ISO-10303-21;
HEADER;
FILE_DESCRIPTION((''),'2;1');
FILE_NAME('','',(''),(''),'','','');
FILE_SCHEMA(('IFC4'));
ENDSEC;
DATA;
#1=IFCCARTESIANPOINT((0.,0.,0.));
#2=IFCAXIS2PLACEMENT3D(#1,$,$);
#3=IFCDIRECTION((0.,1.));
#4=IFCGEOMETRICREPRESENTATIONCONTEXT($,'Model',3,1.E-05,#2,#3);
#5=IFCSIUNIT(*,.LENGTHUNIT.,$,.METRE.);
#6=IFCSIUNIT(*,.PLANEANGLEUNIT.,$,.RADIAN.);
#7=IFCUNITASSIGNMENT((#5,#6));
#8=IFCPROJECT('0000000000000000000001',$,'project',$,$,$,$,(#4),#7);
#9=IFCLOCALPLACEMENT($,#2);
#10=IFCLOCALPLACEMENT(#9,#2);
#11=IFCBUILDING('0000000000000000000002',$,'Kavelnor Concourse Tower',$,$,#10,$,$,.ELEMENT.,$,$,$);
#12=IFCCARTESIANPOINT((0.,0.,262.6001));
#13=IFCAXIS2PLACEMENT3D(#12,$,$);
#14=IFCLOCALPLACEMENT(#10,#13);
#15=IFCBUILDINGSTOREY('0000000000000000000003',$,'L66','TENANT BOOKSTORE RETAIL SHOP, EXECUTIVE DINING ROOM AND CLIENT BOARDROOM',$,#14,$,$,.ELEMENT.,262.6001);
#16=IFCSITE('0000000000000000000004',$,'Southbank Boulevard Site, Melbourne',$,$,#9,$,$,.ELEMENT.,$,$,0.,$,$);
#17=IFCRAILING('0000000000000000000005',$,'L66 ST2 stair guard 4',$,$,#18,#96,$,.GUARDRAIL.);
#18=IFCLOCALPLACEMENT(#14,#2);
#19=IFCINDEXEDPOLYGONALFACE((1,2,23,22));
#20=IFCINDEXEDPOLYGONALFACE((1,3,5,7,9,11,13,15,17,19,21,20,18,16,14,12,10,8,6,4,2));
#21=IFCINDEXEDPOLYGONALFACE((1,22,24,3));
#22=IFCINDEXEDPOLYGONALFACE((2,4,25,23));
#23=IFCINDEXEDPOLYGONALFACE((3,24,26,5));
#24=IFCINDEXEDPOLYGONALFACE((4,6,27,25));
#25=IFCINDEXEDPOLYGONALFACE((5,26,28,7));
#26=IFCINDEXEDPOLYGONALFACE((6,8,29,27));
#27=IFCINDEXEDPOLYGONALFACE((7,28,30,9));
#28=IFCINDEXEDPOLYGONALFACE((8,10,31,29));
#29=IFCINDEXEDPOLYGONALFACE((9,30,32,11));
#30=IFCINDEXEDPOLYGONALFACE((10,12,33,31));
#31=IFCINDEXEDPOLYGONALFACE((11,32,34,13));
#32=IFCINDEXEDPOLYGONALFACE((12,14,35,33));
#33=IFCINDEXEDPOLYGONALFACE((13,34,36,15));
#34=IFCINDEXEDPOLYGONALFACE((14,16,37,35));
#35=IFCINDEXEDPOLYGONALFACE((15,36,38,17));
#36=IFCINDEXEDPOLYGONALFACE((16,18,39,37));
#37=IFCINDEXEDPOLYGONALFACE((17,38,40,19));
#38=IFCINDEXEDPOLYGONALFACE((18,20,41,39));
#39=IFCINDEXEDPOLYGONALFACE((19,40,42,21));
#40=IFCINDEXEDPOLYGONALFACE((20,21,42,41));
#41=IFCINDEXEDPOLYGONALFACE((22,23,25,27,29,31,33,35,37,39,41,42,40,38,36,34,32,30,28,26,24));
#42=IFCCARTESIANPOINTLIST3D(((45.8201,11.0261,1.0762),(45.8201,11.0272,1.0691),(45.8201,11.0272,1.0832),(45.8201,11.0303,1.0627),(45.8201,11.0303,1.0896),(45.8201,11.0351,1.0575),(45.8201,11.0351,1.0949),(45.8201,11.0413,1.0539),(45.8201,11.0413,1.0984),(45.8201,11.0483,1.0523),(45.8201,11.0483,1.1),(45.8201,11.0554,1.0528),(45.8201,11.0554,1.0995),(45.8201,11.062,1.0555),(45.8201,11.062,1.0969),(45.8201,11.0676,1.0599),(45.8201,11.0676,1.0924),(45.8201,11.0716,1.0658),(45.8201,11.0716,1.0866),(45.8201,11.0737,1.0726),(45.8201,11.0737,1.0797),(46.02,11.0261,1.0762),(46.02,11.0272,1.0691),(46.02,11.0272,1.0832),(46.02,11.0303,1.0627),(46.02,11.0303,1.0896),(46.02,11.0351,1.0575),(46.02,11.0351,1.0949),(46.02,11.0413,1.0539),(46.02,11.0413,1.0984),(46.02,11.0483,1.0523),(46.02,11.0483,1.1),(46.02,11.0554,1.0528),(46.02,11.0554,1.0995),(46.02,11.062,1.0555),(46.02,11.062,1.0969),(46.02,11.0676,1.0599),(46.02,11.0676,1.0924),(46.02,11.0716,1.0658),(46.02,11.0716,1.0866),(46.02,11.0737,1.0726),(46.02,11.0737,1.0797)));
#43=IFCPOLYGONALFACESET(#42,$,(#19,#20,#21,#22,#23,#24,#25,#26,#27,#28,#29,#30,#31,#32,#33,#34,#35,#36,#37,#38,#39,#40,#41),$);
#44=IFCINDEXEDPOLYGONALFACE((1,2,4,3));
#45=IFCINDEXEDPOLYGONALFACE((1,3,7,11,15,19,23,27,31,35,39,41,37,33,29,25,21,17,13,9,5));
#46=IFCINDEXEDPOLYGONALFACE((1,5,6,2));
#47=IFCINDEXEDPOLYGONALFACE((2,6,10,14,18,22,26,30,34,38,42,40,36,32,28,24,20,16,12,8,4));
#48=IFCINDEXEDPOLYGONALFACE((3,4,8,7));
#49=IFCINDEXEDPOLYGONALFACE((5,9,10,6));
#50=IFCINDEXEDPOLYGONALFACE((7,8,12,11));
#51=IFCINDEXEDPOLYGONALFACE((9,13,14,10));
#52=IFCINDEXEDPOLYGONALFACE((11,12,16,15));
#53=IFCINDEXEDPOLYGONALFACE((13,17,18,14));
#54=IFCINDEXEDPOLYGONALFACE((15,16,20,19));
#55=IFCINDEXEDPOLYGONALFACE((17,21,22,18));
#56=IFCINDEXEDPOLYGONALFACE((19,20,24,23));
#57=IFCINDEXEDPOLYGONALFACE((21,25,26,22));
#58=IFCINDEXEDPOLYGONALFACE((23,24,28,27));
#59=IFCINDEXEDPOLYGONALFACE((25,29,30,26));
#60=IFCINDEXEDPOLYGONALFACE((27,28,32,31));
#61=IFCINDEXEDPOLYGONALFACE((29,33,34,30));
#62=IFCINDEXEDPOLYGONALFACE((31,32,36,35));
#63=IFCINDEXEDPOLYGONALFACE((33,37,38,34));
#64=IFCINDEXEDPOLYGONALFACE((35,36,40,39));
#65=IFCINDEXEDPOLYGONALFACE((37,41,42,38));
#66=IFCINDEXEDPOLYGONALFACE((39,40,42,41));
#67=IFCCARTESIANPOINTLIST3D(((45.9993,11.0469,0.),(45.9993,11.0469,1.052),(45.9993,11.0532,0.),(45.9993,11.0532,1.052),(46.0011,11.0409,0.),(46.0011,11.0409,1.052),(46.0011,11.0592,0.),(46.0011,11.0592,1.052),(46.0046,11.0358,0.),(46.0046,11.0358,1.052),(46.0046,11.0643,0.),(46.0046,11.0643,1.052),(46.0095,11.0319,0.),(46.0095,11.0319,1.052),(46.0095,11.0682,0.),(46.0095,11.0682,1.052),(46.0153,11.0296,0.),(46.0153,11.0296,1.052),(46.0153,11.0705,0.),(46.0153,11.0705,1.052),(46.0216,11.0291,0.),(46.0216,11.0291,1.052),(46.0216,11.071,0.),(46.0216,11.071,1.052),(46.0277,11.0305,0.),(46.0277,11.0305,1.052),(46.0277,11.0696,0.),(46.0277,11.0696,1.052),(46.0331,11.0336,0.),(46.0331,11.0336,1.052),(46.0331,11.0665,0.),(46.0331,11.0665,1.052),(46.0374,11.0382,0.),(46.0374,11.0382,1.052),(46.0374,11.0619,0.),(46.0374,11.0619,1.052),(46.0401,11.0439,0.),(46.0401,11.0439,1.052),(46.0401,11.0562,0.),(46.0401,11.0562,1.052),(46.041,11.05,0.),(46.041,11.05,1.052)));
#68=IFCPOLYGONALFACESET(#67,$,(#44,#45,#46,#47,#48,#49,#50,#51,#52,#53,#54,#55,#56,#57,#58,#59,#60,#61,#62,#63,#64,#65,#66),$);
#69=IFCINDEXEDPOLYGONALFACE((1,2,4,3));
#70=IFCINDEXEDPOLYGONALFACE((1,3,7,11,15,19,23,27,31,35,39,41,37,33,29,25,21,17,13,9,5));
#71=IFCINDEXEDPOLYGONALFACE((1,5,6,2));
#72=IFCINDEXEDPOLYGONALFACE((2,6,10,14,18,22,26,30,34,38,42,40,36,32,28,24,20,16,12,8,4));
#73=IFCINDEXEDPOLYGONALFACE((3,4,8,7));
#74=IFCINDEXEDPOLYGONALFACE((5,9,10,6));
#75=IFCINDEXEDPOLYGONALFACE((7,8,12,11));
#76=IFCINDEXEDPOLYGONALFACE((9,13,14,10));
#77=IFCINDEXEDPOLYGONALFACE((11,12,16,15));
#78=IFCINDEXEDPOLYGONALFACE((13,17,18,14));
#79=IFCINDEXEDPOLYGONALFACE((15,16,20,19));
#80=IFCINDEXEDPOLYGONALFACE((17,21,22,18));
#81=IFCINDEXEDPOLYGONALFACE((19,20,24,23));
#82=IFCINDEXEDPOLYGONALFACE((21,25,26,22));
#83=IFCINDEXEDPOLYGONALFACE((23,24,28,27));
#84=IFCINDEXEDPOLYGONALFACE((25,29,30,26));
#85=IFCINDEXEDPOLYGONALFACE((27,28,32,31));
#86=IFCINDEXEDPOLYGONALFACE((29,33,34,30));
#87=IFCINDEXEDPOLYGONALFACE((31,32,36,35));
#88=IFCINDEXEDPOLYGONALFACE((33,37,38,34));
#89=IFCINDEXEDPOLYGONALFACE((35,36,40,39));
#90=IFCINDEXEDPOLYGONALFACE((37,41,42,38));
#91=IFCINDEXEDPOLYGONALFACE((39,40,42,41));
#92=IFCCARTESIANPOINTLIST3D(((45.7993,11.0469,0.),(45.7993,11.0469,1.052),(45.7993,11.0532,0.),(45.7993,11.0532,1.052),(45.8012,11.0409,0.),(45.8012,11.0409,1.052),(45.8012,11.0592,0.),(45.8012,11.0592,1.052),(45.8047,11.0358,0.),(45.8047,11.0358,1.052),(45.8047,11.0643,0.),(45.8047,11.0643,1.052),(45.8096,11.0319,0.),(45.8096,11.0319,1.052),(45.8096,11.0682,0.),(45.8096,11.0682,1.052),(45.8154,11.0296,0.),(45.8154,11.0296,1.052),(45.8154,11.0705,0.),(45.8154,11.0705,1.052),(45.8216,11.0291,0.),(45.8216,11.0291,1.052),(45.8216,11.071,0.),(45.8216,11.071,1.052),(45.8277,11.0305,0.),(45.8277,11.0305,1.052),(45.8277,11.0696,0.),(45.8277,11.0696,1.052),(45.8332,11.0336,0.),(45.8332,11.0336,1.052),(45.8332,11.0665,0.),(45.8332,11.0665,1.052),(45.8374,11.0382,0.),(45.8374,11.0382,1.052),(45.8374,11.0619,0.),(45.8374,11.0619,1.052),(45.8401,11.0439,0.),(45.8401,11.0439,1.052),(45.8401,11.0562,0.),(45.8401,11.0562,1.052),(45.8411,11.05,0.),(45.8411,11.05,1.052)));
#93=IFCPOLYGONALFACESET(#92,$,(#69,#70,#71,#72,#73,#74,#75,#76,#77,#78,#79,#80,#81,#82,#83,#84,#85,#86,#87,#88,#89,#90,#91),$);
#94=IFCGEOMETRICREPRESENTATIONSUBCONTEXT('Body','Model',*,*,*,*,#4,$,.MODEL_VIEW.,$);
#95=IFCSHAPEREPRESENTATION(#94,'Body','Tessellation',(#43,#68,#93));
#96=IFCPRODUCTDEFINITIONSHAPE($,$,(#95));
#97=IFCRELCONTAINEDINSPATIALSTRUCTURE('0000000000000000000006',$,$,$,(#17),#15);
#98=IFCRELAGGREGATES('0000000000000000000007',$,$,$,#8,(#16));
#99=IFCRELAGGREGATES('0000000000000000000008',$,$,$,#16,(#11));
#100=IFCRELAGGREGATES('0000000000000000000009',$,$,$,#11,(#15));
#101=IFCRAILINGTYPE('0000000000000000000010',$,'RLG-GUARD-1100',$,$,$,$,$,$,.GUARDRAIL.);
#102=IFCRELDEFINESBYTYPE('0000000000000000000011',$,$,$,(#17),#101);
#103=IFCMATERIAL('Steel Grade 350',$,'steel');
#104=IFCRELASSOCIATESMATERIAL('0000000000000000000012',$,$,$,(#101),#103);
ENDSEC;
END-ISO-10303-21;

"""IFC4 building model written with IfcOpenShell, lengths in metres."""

from ifc_helpers import new_model, si_unit, direction, frame, origin, origin_2d, place, context, subcontext, project, spatial, circle, extrude, material, type_object, element, save


model = new_model("IFC4")

# Units and contexts
model_context = context("Model", 3, precision=1e-05, world=origin(), true_north=direction((0.0, 1.0)))
body_context = subcontext(model_context, "Body", "Model", "MODEL_VIEW")
ifc_project = project(units=[si_unit("LENGTHUNIT", "METRE"), si_unit("PLANEANGLEUNIT", "RADIAN")], contexts=[model_context])

# Site, building, storey
site_placement = place(None, origin())
site = spatial("IfcSite", under=ifc_project, at=site_placement, Name="Southbank Boulevard Site, Melbourne", CompositionType="ELEMENT", RefElevation=0.0)
building_placement = place(site_placement, origin())
building = spatial("IfcBuilding", under=site, at=building_placement, Name="Kavelnor Concourse Tower", CompositionType="ELEMENT")
storey_placement = place(building_placement, frame((0.0, 0.0, 262.6001)))
storey = spatial("IfcBuildingStorey", under=building, at=storey_placement, Name="L66", Description="TENANT BOOKSTORE RETAIL SHOP, EXECUTIVE DINING ROOM AND CLIENT BOARDROOM", CompositionType="ELEMENT", Elevation=262.6001)

# Shared definitions
ifc_material_1 = material(Name="Steel Grade 350", Category="steel")

# Railing
railing_type_1 = type_object("IfcRailingType", Name="RLG-GUARD-1100", PredefinedType="GUARDRAIL", material=ifc_material_1)
railing_1_placement = place(storey_placement, frame((46.02, 11.05, 0.0)))
element("IfcRailing", 1, at=railing_1_placement, inside=storey, type_object=railing_type_1, Name="L66 ST2 stair guard 4", PredefinedType="GUARDRAIL", context=body_context, shape_type="SweptSolid", body=[
    extrude(circle(Radius=0.0239, at=origin_2d()), frame((0.0, 0.0, 1.0762), z_axis=(-1.0, 0.0, 0.0), x_axis=(0.0, -1.0, 0.0)), (0.0, 0.0, 1.0), 0.2),
    extrude(circle(Radius=0.021, at=origin_2d()), origin(), (0.0, 0.0, 1.0), 1.052),
    extrude(circle(Radius=0.021, at=origin_2d()), frame((-0.2, 0.0, 0.0)), (0.0, 0.0, 1.0), 1.052),
])

save(model, "model.ifc")
